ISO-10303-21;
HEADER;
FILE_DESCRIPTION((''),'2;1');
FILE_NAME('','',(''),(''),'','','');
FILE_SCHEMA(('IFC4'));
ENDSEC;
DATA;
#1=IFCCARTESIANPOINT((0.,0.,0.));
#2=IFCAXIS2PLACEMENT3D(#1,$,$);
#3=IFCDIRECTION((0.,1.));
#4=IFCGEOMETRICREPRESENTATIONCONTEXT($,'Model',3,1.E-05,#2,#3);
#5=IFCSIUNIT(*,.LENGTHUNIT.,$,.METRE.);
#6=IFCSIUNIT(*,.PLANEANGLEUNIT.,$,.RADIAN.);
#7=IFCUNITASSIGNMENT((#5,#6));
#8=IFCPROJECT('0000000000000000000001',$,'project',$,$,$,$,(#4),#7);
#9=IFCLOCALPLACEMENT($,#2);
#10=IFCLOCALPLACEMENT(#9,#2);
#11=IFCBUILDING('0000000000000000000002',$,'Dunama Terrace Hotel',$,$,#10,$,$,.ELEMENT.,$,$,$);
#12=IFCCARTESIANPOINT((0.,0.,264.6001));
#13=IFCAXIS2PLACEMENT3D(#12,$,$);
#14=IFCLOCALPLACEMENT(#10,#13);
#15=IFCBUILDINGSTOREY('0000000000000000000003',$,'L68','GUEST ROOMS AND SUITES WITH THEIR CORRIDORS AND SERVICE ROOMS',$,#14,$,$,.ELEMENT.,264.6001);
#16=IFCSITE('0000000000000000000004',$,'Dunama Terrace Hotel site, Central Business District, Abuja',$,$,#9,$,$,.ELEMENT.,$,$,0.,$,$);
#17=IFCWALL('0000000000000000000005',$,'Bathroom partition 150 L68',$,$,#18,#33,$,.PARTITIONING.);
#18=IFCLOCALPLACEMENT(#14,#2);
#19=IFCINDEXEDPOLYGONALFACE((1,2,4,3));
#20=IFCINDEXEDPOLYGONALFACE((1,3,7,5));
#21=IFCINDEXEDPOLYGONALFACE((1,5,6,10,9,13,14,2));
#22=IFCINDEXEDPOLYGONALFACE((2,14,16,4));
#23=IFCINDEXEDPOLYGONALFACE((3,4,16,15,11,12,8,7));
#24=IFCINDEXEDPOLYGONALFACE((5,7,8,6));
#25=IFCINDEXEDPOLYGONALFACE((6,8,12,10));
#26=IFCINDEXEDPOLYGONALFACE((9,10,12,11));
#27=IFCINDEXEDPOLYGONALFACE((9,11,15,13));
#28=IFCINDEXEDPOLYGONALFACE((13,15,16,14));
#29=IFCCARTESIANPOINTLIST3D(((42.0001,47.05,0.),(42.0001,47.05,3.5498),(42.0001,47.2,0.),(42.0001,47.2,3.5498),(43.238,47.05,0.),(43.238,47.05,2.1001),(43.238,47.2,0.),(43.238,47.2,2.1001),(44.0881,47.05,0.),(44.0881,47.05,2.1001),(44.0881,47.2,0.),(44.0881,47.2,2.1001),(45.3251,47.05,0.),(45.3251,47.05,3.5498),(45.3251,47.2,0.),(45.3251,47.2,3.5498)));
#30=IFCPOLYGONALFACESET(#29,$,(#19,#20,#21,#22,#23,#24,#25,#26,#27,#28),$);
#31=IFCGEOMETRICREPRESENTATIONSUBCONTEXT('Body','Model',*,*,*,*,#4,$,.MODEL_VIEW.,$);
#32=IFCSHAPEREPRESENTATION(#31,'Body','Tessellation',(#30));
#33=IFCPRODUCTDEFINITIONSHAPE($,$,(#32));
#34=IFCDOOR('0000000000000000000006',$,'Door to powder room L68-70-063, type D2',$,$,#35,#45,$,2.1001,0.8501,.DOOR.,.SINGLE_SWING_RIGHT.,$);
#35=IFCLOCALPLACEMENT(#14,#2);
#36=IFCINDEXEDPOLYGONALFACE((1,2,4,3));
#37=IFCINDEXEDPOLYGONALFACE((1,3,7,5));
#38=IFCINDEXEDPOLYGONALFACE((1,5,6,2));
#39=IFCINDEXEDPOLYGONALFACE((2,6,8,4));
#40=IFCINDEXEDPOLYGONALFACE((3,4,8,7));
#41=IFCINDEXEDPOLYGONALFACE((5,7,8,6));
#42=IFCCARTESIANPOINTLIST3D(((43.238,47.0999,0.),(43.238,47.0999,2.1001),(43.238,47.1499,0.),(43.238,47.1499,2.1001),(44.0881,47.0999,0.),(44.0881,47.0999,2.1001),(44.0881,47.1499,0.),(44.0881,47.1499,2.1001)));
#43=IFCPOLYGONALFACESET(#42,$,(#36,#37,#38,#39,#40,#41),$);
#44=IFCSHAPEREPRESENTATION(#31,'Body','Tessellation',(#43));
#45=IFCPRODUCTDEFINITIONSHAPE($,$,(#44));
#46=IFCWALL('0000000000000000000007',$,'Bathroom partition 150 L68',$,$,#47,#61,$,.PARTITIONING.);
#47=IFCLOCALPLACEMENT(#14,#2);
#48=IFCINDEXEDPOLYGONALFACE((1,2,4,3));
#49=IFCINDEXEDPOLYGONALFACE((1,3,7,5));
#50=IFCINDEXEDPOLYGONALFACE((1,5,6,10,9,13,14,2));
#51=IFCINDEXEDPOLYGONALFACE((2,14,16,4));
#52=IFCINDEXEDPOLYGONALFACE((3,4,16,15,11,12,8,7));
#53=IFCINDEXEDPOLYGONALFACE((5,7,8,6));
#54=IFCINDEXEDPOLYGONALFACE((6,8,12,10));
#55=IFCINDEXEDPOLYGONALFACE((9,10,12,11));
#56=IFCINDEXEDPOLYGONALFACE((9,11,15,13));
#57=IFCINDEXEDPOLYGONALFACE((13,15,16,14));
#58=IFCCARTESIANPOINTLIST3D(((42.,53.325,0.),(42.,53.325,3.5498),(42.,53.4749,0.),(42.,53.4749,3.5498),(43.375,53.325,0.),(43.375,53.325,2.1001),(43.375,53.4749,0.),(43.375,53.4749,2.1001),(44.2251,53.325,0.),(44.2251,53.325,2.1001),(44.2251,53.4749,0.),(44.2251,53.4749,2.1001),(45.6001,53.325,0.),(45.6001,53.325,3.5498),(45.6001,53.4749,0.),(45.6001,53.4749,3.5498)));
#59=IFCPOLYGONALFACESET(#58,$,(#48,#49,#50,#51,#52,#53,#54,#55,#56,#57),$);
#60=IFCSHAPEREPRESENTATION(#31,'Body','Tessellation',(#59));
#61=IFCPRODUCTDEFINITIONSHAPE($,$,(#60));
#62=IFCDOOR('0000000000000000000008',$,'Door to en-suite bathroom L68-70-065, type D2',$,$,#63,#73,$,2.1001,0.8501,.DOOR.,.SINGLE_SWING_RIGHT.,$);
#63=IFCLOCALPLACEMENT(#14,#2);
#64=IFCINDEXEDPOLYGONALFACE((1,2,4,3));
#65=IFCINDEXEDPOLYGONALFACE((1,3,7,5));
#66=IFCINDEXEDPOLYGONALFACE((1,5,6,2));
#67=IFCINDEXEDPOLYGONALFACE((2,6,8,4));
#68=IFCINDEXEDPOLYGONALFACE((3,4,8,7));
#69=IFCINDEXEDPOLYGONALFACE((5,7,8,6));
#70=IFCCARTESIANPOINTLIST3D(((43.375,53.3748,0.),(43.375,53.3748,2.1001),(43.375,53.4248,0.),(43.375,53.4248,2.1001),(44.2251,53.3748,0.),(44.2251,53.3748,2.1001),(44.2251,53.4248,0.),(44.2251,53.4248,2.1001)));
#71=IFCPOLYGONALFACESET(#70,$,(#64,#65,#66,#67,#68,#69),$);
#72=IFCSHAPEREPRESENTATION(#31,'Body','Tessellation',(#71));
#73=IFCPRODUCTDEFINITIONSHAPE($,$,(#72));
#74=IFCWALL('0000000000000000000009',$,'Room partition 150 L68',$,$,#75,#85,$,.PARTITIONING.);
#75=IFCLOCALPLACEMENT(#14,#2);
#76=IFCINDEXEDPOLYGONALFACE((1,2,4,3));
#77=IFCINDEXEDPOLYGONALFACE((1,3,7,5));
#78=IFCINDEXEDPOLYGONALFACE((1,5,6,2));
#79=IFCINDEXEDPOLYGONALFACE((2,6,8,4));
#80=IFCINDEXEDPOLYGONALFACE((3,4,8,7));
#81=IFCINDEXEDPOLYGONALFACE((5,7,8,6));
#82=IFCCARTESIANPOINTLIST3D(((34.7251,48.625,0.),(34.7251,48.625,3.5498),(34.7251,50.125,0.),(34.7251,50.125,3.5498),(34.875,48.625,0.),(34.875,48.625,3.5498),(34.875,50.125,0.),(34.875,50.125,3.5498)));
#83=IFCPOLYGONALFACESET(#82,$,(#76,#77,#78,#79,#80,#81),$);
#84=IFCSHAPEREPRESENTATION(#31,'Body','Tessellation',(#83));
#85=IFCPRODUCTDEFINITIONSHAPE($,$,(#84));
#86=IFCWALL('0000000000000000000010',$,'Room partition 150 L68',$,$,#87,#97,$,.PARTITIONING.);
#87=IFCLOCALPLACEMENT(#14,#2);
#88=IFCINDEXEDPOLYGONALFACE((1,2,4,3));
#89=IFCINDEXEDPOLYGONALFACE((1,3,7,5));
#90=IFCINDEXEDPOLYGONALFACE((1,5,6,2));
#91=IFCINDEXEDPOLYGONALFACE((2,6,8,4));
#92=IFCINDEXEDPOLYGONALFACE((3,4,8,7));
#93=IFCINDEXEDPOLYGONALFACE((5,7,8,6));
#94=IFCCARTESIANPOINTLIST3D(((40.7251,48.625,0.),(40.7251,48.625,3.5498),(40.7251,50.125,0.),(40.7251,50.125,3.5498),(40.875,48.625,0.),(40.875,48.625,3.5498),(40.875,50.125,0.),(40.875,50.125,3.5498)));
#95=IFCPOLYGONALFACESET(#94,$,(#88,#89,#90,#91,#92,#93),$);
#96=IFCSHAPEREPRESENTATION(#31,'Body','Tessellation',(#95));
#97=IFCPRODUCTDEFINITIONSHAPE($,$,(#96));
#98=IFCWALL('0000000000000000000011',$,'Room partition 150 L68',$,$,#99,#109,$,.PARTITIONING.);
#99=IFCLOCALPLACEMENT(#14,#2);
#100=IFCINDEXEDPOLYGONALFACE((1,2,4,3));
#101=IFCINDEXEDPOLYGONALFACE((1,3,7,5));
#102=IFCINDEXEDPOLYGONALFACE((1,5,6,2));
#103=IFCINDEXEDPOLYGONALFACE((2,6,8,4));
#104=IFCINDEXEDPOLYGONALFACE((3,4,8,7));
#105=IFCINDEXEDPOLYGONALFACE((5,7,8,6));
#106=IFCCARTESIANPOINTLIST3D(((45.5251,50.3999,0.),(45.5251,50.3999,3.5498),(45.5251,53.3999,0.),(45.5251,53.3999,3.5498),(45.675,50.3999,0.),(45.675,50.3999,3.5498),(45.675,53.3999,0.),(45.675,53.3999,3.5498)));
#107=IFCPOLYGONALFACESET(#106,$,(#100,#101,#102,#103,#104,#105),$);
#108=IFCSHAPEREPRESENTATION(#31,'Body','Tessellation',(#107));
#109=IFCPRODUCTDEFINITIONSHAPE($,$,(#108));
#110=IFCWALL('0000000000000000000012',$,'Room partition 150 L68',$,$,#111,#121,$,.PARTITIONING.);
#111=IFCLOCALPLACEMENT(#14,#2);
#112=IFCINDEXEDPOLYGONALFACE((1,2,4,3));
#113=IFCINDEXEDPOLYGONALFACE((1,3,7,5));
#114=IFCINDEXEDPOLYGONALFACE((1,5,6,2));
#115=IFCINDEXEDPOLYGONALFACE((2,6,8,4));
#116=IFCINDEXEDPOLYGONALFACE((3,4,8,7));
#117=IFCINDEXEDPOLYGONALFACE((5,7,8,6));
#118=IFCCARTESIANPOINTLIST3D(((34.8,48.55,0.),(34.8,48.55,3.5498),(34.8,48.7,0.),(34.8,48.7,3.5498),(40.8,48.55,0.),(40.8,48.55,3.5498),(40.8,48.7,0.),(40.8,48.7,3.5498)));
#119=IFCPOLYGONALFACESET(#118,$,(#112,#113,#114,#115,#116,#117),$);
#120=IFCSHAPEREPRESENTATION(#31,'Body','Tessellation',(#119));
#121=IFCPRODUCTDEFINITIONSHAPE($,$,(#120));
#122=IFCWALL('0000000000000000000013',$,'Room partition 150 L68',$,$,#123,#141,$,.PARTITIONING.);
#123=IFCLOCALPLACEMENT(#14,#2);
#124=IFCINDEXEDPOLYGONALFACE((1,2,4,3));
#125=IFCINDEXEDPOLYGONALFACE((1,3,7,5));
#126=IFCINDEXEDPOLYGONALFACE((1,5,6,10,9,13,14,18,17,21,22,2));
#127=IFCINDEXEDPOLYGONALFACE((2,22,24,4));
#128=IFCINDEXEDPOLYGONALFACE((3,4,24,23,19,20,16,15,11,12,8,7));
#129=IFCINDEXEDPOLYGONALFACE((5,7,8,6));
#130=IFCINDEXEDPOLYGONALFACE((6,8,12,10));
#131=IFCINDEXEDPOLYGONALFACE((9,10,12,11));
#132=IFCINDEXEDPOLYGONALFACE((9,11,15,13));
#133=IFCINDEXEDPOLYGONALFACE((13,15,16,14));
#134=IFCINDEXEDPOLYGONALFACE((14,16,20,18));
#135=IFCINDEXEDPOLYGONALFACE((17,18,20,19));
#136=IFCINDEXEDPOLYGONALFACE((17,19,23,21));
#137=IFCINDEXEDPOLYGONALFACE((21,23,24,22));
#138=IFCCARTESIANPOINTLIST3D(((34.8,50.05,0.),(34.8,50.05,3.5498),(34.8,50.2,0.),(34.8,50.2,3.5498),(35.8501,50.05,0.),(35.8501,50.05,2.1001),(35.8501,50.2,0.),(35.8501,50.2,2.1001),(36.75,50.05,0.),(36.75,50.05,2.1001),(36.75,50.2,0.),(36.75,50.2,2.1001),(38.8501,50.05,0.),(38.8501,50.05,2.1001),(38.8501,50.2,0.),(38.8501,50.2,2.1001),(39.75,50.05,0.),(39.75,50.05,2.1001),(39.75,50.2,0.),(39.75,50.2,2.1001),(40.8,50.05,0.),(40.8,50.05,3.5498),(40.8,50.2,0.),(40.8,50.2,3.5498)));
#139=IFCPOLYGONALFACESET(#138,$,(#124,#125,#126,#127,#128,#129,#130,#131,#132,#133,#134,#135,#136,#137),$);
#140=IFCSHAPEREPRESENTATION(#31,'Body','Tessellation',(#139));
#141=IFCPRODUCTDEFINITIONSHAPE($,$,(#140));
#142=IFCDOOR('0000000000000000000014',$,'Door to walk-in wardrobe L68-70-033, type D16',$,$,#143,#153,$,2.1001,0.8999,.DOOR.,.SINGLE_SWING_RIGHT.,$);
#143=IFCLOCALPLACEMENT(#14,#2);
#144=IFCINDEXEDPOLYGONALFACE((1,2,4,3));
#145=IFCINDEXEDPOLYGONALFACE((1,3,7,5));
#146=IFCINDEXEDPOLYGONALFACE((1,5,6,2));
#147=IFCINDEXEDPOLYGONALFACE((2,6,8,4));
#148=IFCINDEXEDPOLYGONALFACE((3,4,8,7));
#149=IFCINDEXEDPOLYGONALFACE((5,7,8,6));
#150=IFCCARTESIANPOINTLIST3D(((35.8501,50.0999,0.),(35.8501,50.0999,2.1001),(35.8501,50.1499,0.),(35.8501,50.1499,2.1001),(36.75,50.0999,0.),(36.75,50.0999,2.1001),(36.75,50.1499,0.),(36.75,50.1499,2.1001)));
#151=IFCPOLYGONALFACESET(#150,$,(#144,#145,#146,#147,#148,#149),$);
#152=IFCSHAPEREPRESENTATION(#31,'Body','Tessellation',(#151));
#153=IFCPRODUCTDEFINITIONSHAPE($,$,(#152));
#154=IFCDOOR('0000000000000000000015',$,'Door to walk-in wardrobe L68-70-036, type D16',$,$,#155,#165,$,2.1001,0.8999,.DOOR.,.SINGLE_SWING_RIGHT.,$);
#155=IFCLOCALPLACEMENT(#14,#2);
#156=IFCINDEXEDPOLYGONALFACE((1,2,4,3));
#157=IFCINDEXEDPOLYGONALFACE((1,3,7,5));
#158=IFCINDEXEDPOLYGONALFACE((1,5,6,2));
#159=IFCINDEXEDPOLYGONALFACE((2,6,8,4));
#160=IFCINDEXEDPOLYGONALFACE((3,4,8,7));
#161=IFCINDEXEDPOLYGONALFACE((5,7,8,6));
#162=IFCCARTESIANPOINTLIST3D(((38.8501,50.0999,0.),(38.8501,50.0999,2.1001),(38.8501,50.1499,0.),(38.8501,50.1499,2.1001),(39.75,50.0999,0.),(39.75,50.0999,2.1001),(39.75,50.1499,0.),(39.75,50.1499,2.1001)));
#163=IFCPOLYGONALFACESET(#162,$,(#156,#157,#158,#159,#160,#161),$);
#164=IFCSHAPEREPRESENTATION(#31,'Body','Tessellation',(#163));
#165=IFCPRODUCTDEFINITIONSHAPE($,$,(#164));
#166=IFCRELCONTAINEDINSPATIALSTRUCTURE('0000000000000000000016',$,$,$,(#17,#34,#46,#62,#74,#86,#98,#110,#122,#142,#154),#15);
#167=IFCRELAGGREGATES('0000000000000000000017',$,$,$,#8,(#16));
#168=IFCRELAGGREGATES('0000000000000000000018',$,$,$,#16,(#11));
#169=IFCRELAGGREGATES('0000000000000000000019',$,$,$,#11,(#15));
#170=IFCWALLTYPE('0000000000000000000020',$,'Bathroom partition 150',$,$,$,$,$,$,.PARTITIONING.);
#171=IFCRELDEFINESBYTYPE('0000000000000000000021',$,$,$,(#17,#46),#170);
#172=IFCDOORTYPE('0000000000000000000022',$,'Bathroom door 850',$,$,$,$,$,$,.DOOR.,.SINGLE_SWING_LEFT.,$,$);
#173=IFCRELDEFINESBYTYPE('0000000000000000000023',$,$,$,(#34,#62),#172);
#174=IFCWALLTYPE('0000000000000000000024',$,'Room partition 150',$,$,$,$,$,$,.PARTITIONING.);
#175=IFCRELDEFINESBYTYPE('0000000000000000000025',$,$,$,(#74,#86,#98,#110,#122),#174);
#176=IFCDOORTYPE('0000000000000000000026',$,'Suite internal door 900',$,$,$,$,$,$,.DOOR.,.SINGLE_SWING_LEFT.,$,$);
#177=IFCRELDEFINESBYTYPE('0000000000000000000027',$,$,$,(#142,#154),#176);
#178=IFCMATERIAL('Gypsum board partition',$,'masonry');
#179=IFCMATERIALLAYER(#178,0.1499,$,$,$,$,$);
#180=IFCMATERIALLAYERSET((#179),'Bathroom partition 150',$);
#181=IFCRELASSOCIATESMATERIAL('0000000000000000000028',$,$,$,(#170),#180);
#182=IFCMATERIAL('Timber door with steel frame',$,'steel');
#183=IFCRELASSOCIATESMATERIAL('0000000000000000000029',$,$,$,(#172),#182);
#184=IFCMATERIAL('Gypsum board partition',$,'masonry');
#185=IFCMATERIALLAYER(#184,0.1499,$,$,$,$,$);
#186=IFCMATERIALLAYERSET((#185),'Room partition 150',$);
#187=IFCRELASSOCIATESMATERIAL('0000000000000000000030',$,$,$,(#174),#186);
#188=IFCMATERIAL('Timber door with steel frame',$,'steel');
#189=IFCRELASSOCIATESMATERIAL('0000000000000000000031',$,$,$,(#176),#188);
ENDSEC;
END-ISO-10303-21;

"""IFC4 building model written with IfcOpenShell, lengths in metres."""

from ifc_helpers import new_model, si_unit, direction, frame, frame_2d, origin, place, context, subcontext, project, spatial, rectangle, extrude, material, layer, layer_set, type_object, element, fill, save


model = new_model("IFC4")

# Units and contexts
model_context = context("Model", 3, precision=1e-05, world=origin(), true_north=direction((0.0, 1.0)))
body_context = subcontext(model_context, "Body", "Model", "MODEL_VIEW")
ifc_project = project(units=[si_unit("LENGTHUNIT", "METRE"), si_unit("PLANEANGLEUNIT", "RADIAN")], contexts=[model_context])

# Site, building, storey
site_placement = place(None, origin())
site = spatial("IfcSite", under=ifc_project, at=site_placement, Name="Dunama Terrace Hotel site, Central Business District, Abuja", CompositionType="ELEMENT", RefElevation=0.0)
building_placement = place(site_placement, origin())
building = spatial("IfcBuilding", under=site, at=building_placement, Name="Dunama Terrace Hotel", CompositionType="ELEMENT")
storey_placement = place(building_placement, frame((0.0, 0.0, 264.6001)))
storey = spatial("IfcBuildingStorey", under=building, at=storey_placement, Name="L68", Description="GUEST ROOMS AND SUITES WITH THEIR CORRIDORS AND SERVICE ROOMS", CompositionType="ELEMENT", Elevation=264.6001)

# Shared definitions
ifc_material_1 = material(Name="Gypsum board partition", Category="masonry")
ifc_layer_1 = layer(ifc_material_1, 0.1499)
ifc_layer_set_1 = layer_set([ifc_layer_1], Name="Bathroom partition 150")
wall_type_1 = type_object("IfcWallType", Name="Bathroom partition 150", PredefinedType="PARTITIONING", material=ifc_layer_set_1)

# Walls, openings, doors
wall_1_placement = place(storey_placement, frame((42.0, 47.125, 0.0), z_axis=(0.0, 0.0, 1.0), x_axis=(1.0, 0.0, 0.0)))
wall_1 = element("IfcWall", 1, at=wall_1_placement, inside=storey, type_object=wall_type_1, Name="Bathroom partition 150 L68", PredefinedType="PARTITIONING", context=body_context, shape_type="SweptSolid", body=[
    extrude(rectangle(XDim=3.325, YDim=0.1499, at=frame_2d((1.6626, 0.0))), origin(), (0.0, 0.0, 1.0), 3.5498),
])
opening_1_placement = place(wall_1_placement, frame((1.238, 0.0, 0.0)))
opening_1 = element("IfcOpeningElement", 2, at=opening_1_placement, cuts=wall_1, PredefinedType="OPENING", context=body_context, shape_type="SweptSolid", body=[
    extrude(rectangle(XDim=0.8501, YDim=2.1001, at=frame_2d((0.425, 1.05))), frame((0.0, 0.085, 0.0), z_axis=(0.0, -1.0, 0.0), x_axis=(1.0, 0.0, 0.0)), (0.0, 0.0, 1.0), 0.1699),
])
ifc_material_2 = material(Name="Timber door with steel frame", Category="steel")
door_type_1 = type_object("IfcDoorType", Name="Bathroom door 850", OperationType="SINGLE_SWING_LEFT", PredefinedType="DOOR", material=ifc_material_2)
door_1_placement = place(opening_1_placement, frame((0.8501, 0.0, 0.0), z_axis=(0.0, 0.0, 1.0), x_axis=(-1.0, 0.0, 0.0)))
door_1 = element("IfcDoor", 3, at=door_1_placement, inside=storey, type_object=door_type_1, Name="Door to powder room L68-70-063, type D2", OperationType="SINGLE_SWING_RIGHT", OverallHeight=2.1001, OverallWidth=0.8501, PredefinedType="DOOR", context=body_context, shape_type="SweptSolid", body=[
    extrude(rectangle(XDim=0.8501, YDim=2.1001, at=frame_2d((0.425, 1.05))), frame((0.0, 0.0251, 0.0), z_axis=(0.0, -1.0, 0.0), x_axis=(1.0, 0.0, 0.0)), (0.0, 0.0, 1.0), 0.05),
])
fill(opening_1, door_1)
wall_2_placement = place(storey_placement, frame((42.0, 53.3999, 0.0), z_axis=(0.0, 0.0, 1.0), x_axis=(1.0, 0.0, 0.0)))
wall_2 = element("IfcWall", 4, at=wall_2_placement, inside=storey, type_object=wall_type_1, Name="Bathroom partition 150 L68", PredefinedType="PARTITIONING", context=body_context, shape_type="SweptSolid", body=[
    extrude(rectangle(XDim=3.6001, YDim=0.1499, at=frame_2d((1.8, 0.0))), origin(), (0.0, 0.0, 1.0), 3.5498),
])
opening_2_placement = place(wall_2_placement, frame((1.375, 0.0, 0.0)))
opening_2 = element("IfcOpeningElement", 5, at=opening_2_placement, cuts=wall_2, PredefinedType="OPENING", context=body_context, shape_type="SweptSolid", body=[
    extrude(rectangle(XDim=0.8501, YDim=2.1001, at=frame_2d((0.425, 1.05))), frame((0.0, 0.085, 0.0), z_axis=(0.0, -1.0, 0.0), x_axis=(1.0, 0.0, 0.0)), (0.0, 0.0, 1.0), 0.1699),
])
door_2_placement = place(opening_2_placement, frame((0.8501, 0.0, 0.0), z_axis=(0.0, 0.0, 1.0), x_axis=(-1.0, 0.0, 0.0)))
door_2 = element("IfcDoor", 6, at=door_2_placement, inside=storey, type_object=door_type_1, Name="Door to en-suite bathroom L68-70-065, type D2", OperationType="SINGLE_SWING_RIGHT", OverallHeight=2.1001, OverallWidth=0.8501, PredefinedType="DOOR", context=body_context, shape_type="SweptSolid", body=[
    extrude(rectangle(XDim=0.8501, YDim=2.1001, at=frame_2d((0.425, 1.05))), frame((0.0, 0.0251, 0.0), z_axis=(0.0, -1.0, 0.0), x_axis=(1.0, 0.0, 0.0)), (0.0, 0.0, 1.0), 0.05),
])
fill(opening_2, door_2)

# Walls
ifc_material_3 = material(Name="Gypsum board partition", Category="masonry")
ifc_layer_2 = layer(ifc_material_3, 0.1499)
ifc_layer_set_2 = layer_set([ifc_layer_2], Name="Room partition 150")
wall_type_2 = type_object("IfcWallType", Name="Room partition 150", PredefinedType="PARTITIONING", material=ifc_layer_set_2)
for number, where, z_axis, x_axis, name in (
    (7, (34.8, 48.625, 0.0), (0.0, 0.0, 1.0), (0.0, 1.0, 0.0), "Room partition 150 L68"),
    (8, (40.8, 48.625, 0.0), (0.0, 0.0, 1.0), (0.0, 1.0, 0.0), "Room partition 150 L68"),
):
    element("IfcWall", number, at=place(storey_placement, frame(where, z_axis=z_axis, x_axis=x_axis)), inside=storey, type_object=wall_type_2, Name=name, PredefinedType="PARTITIONING", context=body_context, shape_type="SweptSolid", body=[
        extrude(rectangle(XDim=1.5, YDim=0.1499, at=frame_2d((0.75, 0.0))), origin(), (0.0, 0.0, 1.0), 3.5498),
    ])
wall_3_placement = place(storey_placement, frame((45.6001, 50.3999, 0.0), z_axis=(0.0, 0.0, 1.0), x_axis=(0.0, 1.0, 0.0)))
element("IfcWall", 9, at=wall_3_placement, inside=storey, type_object=wall_type_2, Name="Room partition 150 L68", PredefinedType="PARTITIONING", context=body_context, shape_type="SweptSolid", body=[
    extrude(rectangle(XDim=3.0, YDim=0.1499, at=frame_2d((1.5, 0.0))), origin(), (0.0, 0.0, 1.0), 3.5498),
])
wall_4_placement = place(storey_placement, frame((34.8, 48.625, 0.0), z_axis=(0.0, 0.0, 1.0), x_axis=(1.0, 0.0, 0.0)))
element("IfcWall", 10, at=wall_4_placement, inside=storey, type_object=wall_type_2, Name="Room partition 150 L68", PredefinedType="PARTITIONING", context=body_context, shape_type="SweptSolid", body=[
    extrude(rectangle(XDim=6.0, YDim=0.1499, at=frame_2d((3.0, 0.0))), origin(), (0.0, 0.0, 1.0), 3.5498),
])

# Wall, openings, doors
wall_5_placement = place(storey_placement, frame((34.8, 50.125, 0.0), z_axis=(0.0, 0.0, 1.0), x_axis=(1.0, 0.0, 0.0)))
wall_5 = element("IfcWall", 11, at=wall_5_placement, inside=storey, type_object=wall_type_2, Name="Room partition 150 L68", PredefinedType="PARTITIONING", context=body_context, shape_type="SweptSolid", body=[
    extrude(rectangle(XDim=6.0, YDim=0.1499, at=frame_2d((3.0, 0.0))), origin(), (0.0, 0.0, 1.0), 3.5498),
])
opening_3_placement = place(wall_5_placement, frame((1.05, 0.0, 0.0)))
opening_3 = element("IfcOpeningElement", 12, at=opening_3_placement, cuts=wall_5, PredefinedType="OPENING", context=body_context, shape_type="SweptSolid", body=[
    extrude(rectangle(XDim=0.8999, YDim=2.1001, at=frame_2d((0.45, 1.05))), frame((0.0, 0.085, 0.0), z_axis=(0.0, -1.0, 0.0), x_axis=(1.0, 0.0, 0.0)), (0.0, 0.0, 1.0), 0.1699),
])
opening_4_placement = place(wall_5_placement, frame((4.05, 0.0, 0.0)))
opening_4 = element("IfcOpeningElement", 13, at=opening_4_placement, cuts=wall_5, PredefinedType="OPENING", context=body_context, shape_type="SweptSolid", body=[
    extrude(rectangle(XDim=0.8999, YDim=2.1001, at=frame_2d((0.45, 1.05))), frame((0.0, 0.085, 0.0), z_axis=(0.0, -1.0, 0.0), x_axis=(1.0, 0.0, 0.0)), (0.0, 0.0, 1.0), 0.1699),
])
ifc_material_4 = material(Name="Timber door with steel frame", Category="steel")
door_type_2 = type_object("IfcDoorType", Name="Suite internal door 900", OperationType="SINGLE_SWING_LEFT", PredefinedType="DOOR", material=ifc_material_4)
door_3_placement = place(opening_3_placement, frame((0.8999, 0.0, 0.0), z_axis=(0.0, 0.0, 1.0), x_axis=(-1.0, 0.0, 0.0)))
door_3 = element("IfcDoor", 14, at=door_3_placement, inside=storey, type_object=door_type_2, Name="Door to walk-in wardrobe L68-70-033, type D16", OperationType="SINGLE_SWING_RIGHT", OverallHeight=2.1001, OverallWidth=0.8999, PredefinedType="DOOR", context=body_context, shape_type="SweptSolid", body=[
    extrude(rectangle(XDim=0.8999, YDim=2.1001, at=frame_2d((0.45, 1.05))), frame((0.0, 0.0251, 0.0), z_axis=(0.0, -1.0, 0.0), x_axis=(1.0, 0.0, 0.0)), (0.0, 0.0, 1.0), 0.05),
])
fill(opening_3, door_3)
door_4_placement = place(opening_4_placement, frame((0.8999, 0.0, 0.0), z_axis=(0.0, 0.0, 1.0), x_axis=(-1.0, 0.0, 0.0)))
door_4 = element("IfcDoor", 15, at=door_4_placement, inside=storey, type_object=door_type_2, Name="Door to walk-in wardrobe L68-70-036, type D16", OperationType="SINGLE_SWING_RIGHT", OverallHeight=2.1001, OverallWidth=0.8999, PredefinedType="DOOR", context=body_context, shape_type="SweptSolid", body=[
    extrude(rectangle(XDim=0.8999, YDim=2.1001, at=frame_2d((0.45, 1.05))), frame((0.0, 0.0251, 0.0), z_axis=(0.0, -1.0, 0.0), x_axis=(1.0, 0.0, 0.0)), (0.0, 0.0, 1.0), 0.05),
])
fill(opening_4, door_4)

save(model, "model.ifc")
